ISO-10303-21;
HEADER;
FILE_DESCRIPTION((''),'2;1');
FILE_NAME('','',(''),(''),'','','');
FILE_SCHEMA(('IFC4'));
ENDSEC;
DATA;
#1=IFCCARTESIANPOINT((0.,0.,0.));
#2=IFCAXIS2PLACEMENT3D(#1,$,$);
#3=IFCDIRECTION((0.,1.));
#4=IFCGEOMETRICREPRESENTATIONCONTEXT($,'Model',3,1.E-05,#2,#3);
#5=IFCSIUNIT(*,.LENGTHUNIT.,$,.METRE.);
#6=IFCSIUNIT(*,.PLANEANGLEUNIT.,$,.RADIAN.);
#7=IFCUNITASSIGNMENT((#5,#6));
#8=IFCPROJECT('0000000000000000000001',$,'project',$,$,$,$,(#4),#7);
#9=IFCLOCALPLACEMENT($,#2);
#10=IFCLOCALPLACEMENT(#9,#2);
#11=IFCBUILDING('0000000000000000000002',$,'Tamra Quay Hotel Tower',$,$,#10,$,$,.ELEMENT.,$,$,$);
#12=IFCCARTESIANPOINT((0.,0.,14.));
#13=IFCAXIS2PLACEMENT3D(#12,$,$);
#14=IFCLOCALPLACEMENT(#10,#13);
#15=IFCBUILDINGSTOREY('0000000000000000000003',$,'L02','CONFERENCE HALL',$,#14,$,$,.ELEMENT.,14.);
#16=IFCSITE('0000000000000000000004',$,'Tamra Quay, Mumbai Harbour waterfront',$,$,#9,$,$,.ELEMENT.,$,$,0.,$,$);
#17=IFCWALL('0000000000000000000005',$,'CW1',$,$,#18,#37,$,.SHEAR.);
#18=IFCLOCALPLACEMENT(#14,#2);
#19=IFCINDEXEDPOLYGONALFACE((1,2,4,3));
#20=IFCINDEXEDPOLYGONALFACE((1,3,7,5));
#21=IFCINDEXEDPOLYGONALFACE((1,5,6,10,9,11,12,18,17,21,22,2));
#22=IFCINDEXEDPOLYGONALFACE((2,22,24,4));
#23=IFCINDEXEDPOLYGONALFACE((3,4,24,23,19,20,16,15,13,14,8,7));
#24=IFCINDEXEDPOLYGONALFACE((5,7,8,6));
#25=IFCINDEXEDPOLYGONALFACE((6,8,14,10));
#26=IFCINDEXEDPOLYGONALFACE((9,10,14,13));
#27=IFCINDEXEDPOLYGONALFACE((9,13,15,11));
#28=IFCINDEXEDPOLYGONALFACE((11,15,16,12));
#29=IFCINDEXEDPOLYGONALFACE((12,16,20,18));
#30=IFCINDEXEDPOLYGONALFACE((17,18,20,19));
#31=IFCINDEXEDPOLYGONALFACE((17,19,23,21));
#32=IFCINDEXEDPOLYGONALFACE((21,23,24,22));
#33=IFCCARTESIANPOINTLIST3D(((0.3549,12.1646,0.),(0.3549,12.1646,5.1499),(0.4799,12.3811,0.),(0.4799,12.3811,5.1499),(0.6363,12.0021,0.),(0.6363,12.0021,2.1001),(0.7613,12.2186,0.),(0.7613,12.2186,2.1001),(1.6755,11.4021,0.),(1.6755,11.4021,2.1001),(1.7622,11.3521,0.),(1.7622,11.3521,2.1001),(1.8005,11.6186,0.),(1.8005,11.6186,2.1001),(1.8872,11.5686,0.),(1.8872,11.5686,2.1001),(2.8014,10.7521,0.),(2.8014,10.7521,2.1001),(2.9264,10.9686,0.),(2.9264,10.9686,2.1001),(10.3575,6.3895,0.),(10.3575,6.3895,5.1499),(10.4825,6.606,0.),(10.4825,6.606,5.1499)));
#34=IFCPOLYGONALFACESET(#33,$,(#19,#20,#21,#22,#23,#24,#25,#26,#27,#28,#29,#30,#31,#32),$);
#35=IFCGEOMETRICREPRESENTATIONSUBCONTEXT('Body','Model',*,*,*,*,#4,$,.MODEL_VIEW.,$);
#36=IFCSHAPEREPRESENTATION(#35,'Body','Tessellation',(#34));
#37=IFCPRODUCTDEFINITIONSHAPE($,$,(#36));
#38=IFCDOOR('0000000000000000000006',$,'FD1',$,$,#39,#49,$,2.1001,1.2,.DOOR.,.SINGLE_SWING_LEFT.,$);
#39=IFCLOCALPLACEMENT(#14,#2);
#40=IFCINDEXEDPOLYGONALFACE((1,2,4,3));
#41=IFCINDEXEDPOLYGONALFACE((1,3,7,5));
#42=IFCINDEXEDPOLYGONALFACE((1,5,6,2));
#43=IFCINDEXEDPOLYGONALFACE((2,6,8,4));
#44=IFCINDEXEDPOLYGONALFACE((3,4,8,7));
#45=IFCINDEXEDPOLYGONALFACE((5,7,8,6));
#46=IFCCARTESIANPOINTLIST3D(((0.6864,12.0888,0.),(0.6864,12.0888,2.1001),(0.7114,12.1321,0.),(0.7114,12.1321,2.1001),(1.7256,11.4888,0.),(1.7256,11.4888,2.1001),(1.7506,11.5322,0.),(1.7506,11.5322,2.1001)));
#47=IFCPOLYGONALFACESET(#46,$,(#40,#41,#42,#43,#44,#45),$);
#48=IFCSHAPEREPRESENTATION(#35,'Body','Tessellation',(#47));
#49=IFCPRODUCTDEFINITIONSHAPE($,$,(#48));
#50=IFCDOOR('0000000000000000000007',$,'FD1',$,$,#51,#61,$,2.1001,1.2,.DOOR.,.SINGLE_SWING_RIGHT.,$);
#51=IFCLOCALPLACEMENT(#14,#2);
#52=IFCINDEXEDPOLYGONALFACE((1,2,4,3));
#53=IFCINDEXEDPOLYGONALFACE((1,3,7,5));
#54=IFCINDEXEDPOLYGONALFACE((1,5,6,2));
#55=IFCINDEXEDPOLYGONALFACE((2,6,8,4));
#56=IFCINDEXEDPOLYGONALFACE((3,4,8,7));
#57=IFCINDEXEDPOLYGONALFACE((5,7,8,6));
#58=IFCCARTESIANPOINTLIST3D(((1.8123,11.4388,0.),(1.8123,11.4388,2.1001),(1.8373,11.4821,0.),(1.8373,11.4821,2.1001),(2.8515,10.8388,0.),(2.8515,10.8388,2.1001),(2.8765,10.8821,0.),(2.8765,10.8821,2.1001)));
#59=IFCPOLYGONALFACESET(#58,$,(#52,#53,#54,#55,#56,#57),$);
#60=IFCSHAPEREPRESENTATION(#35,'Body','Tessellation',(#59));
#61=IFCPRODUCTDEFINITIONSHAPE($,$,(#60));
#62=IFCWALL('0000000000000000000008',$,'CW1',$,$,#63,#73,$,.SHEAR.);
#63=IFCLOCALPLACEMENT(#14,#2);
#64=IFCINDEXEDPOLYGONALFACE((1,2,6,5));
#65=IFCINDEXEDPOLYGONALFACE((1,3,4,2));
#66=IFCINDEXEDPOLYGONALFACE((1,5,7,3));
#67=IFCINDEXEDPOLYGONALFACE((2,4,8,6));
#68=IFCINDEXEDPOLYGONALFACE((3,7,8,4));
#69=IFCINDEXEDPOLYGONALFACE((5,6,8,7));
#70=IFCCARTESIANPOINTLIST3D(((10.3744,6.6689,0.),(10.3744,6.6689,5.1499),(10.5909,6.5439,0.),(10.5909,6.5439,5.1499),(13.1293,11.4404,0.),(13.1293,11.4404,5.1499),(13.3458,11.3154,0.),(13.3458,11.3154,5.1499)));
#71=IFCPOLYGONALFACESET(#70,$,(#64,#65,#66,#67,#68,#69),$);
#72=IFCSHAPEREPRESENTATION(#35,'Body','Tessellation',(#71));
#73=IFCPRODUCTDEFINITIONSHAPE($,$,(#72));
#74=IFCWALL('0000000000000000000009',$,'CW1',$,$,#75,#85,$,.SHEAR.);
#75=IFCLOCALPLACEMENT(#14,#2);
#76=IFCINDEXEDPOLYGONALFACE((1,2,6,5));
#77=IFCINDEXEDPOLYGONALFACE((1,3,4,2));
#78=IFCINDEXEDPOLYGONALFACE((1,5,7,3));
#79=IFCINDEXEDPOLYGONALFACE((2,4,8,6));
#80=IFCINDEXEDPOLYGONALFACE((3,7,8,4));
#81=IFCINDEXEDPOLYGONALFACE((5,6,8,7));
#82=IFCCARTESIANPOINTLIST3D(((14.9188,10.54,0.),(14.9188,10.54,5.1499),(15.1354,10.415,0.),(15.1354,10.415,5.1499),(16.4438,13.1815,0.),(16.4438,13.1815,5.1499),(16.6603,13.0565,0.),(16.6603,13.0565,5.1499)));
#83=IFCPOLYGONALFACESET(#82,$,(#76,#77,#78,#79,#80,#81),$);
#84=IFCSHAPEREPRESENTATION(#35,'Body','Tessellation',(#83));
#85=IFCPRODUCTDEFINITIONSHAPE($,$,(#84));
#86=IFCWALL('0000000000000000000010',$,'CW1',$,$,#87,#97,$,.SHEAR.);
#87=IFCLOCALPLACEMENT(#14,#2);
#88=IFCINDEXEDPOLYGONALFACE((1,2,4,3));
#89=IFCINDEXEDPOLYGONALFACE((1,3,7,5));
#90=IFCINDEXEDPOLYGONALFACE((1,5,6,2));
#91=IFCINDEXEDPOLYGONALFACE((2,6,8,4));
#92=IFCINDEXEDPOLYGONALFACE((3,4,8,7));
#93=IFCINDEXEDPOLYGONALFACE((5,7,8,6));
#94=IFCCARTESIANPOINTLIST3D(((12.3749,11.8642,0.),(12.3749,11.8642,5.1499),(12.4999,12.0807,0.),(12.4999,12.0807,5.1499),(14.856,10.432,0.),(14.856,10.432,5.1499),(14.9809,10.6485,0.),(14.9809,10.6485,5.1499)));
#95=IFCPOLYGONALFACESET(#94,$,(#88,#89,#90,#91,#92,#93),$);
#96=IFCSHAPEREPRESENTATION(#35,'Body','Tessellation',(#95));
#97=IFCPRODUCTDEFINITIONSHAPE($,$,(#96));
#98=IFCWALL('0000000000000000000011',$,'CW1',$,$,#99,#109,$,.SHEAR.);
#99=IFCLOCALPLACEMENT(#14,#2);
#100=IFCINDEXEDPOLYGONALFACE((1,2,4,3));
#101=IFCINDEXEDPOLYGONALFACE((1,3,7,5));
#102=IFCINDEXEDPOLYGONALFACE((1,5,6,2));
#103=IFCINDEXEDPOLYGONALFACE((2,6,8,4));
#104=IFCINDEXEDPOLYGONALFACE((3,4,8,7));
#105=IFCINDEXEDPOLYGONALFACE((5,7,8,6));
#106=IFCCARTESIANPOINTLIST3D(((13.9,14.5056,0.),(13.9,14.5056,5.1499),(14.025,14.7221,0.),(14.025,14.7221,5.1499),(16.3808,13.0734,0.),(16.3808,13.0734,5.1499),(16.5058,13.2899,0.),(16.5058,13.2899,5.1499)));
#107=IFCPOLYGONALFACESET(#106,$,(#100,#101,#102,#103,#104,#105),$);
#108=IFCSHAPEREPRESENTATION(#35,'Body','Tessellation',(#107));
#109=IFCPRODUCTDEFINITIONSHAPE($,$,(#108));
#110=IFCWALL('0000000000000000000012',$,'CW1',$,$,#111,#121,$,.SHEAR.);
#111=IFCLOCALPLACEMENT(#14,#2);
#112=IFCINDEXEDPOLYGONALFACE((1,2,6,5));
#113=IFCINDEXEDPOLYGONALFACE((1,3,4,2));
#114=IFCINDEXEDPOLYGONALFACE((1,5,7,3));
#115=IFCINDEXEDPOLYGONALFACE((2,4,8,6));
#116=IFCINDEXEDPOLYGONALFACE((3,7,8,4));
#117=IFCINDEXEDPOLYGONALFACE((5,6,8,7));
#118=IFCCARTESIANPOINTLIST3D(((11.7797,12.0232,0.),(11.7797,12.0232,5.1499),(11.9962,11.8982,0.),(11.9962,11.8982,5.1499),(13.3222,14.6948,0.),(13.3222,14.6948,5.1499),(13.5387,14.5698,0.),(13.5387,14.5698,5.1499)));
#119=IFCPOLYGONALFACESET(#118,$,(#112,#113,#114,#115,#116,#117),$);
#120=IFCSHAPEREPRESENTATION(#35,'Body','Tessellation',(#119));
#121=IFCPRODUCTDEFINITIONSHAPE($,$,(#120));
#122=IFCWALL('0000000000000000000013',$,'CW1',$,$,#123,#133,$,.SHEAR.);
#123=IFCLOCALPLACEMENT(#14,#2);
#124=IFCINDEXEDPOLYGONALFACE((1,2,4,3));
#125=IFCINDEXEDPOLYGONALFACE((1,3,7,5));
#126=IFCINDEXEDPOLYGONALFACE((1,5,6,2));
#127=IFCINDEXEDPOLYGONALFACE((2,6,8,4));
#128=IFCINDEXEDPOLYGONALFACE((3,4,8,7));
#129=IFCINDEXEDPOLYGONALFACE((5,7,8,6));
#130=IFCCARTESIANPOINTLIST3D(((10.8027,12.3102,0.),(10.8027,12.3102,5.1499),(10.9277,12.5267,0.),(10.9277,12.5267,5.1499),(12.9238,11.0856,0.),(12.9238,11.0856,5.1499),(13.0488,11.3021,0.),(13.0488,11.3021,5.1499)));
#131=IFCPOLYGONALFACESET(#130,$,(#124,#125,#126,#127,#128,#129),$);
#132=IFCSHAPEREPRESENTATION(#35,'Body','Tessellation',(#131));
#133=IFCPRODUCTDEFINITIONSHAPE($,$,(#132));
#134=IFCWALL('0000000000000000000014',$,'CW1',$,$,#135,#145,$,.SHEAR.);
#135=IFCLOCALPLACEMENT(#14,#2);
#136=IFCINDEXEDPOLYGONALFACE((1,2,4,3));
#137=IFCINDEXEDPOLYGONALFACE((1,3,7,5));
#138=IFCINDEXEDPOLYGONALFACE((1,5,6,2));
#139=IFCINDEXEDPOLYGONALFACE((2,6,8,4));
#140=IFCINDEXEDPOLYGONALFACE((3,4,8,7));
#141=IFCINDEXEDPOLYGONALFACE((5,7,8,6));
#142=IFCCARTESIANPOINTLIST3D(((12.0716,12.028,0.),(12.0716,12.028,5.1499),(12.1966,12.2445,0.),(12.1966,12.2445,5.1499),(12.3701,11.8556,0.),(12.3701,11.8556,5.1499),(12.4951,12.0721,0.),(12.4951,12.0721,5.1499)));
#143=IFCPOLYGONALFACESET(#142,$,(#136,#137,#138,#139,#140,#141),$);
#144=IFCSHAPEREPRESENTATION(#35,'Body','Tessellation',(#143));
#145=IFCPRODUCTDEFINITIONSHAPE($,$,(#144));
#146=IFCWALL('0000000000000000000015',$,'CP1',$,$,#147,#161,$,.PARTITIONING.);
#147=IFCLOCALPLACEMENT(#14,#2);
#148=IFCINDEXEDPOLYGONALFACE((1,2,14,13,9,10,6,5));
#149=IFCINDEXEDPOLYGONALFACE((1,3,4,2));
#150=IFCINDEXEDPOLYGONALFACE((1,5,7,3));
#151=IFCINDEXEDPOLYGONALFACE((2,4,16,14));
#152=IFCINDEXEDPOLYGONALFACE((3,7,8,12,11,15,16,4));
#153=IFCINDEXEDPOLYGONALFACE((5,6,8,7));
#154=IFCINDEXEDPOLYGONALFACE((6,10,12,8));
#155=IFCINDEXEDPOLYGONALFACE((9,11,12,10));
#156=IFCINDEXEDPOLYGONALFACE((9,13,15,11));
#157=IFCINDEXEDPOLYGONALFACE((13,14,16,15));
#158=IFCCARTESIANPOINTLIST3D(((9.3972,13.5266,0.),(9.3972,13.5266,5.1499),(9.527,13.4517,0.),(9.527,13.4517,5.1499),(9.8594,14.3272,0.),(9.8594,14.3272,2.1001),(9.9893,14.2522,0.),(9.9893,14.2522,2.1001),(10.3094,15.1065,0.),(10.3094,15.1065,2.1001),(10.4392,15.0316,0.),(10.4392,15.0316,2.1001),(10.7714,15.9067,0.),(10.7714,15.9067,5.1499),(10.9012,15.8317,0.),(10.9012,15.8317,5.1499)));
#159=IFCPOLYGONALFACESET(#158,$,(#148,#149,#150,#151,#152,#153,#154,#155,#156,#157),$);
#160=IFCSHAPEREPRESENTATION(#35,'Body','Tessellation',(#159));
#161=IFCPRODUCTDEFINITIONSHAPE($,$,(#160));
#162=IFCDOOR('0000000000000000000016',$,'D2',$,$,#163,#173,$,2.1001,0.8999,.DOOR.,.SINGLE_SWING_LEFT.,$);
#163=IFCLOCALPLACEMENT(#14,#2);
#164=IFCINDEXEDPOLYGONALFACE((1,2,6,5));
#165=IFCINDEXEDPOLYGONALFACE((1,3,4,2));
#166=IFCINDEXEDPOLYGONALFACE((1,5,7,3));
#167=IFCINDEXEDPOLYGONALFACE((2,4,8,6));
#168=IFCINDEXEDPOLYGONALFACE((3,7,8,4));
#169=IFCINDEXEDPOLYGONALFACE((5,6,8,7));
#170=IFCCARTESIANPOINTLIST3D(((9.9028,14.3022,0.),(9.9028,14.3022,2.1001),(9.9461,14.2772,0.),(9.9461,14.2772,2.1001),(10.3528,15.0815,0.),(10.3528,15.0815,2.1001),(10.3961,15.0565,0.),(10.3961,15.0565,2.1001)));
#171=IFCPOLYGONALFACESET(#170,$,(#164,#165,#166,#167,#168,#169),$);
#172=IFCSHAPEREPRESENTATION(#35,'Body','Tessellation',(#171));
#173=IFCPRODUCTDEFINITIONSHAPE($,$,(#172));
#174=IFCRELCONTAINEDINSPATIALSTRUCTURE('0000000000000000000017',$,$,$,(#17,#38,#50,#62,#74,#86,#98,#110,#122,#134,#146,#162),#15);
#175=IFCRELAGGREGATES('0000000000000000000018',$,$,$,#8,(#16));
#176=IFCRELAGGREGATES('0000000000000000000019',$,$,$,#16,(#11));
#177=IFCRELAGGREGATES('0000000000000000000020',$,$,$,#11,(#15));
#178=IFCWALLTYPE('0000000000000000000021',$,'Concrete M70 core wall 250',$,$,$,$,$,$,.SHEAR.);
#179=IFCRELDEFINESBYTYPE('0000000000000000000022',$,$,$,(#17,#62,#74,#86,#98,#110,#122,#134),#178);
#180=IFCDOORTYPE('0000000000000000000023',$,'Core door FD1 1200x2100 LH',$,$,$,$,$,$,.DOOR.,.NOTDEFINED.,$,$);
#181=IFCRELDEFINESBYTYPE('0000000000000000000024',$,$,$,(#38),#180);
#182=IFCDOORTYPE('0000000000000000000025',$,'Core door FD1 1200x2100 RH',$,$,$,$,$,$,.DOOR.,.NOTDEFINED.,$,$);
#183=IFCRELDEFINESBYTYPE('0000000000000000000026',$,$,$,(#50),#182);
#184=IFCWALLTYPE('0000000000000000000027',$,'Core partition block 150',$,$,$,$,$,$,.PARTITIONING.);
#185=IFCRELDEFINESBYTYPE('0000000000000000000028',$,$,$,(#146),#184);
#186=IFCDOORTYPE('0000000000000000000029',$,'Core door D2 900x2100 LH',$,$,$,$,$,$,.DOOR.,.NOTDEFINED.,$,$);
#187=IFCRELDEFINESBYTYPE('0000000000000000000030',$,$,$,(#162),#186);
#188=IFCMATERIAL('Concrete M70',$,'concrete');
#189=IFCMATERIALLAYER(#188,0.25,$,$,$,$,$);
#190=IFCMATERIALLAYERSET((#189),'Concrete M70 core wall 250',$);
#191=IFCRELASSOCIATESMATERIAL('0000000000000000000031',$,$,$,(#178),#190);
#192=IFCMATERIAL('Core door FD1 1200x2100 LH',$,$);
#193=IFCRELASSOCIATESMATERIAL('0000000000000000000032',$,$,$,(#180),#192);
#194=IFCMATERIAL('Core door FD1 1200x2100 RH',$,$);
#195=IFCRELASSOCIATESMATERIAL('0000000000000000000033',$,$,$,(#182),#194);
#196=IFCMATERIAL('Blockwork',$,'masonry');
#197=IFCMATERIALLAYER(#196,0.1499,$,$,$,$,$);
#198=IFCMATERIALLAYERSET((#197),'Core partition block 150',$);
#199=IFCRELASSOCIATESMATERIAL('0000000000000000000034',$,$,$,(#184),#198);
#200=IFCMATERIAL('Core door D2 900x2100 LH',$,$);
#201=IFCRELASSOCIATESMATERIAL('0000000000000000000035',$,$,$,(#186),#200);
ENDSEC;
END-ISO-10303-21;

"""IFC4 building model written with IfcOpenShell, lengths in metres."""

from ifc_helpers import new_model, si_unit, direction, frame, frame_2d, origin, place, context, subcontext, project, spatial, rectangle, extrude, material, layer, layer_set, type_object, element, fill, save


model = new_model("IFC4")

# Units and contexts
model_context = context("Model", 3, precision=1e-05, world=origin(), true_north=direction((0.0, 1.0)))
body_context = subcontext(model_context, "Body", "Model", "MODEL_VIEW")
ifc_project = project(units=[si_unit("LENGTHUNIT", "METRE"), si_unit("PLANEANGLEUNIT", "RADIAN")], contexts=[model_context])

# Site, building, storey
site_placement = place(None, origin())
site = spatial("IfcSite", under=ifc_project, at=site_placement, Name="Tamra Quay, Mumbai Harbour waterfront", CompositionType="ELEMENT", RefElevation=0.0)
building_placement = place(site_placement, origin())
building = spatial("IfcBuilding", under=site, at=building_placement, Name="Tamra Quay Hotel Tower", CompositionType="ELEMENT")
storey_placement = place(building_placement, frame((0.0, 0.0, 14.0)))
storey = spatial("IfcBuildingStorey", under=building, at=storey_placement, Name="L02", Description="CONFERENCE HALL", CompositionType="ELEMENT", Elevation=14.0)

# Shared definitions
ifc_material_1 = material(Name="Concrete M70", Category="concrete")

# Wall, openings, doors
ifc_layer_1 = layer(ifc_material_1, 0.25)
ifc_layer_set_1 = layer_set([ifc_layer_1], Name="Concrete M70 core wall 250")
wall_type_1 = type_object("IfcWallType", Name="Concrete M70 core wall 250", PredefinedType="SHEAR", material=ifc_layer_set_1)
wall_1_placement = place(storey_placement, frame((10.4199, 6.4978, 0.0), z_axis=(0.0, 0.0, 1.0), x_axis=(-0.866022, 0.500006, 0.0)))
wall_1 = element("IfcWall", 1, at=wall_1_placement, inside=storey, type_object=wall_type_1, Name="CW1", PredefinedType="SHEAR", context=body_context, shape_type="SweptSolid", body=[
    extrude(rectangle(XDim=11.55, YDim=0.25, at=frame_2d((5.7749, 0.0))), origin(), (0.0, 0.0, 1.0), 5.1499),
])
opening_1_placement = place(wall_1_placement, frame((10.0249, 0.0, 0.0)))
opening_1 = element("IfcOpeningElement", 2, at=opening_1_placement, cuts=wall_1, PredefinedType="OPENING", context=body_context, shape_type="SweptSolid", body=[
    extrude(rectangle(XDim=1.2, YDim=2.1001, at=frame_2d((0.6001, 1.05))), frame((0.0, 0.135, 0.0), z_axis=(0.0, -1.0, 0.0), x_axis=(1.0, 0.0, 0.0)), (0.0, 0.0, 1.0), 0.27),
])
opening_2_placement = place(wall_1_placement, frame((8.7249, 0.0, 0.0)))
opening_2 = element("IfcOpeningElement", 3, at=opening_2_placement, cuts=wall_1, PredefinedType="OPENING", context=body_context, shape_type="SweptSolid", body=[
    extrude(rectangle(XDim=1.2, YDim=2.1001, at=frame_2d((0.6001, 1.05))), frame((0.0, 0.135, 0.0), z_axis=(0.0, -1.0, 0.0), x_axis=(1.0, 0.0, 0.0)), (0.0, 0.0, 1.0), 0.27),
])
ifc_material_2 = material(Name="Core door FD1 1200x2100 LH")
door_type_1 = type_object("IfcDoorType", Name="Core door FD1 1200x2100 LH", OperationType="NOTDEFINED", PredefinedType="DOOR", material=ifc_material_2)
door_1_placement = place(opening_1_placement, origin())
door_1 = element("IfcDoor", 4, at=door_1_placement, inside=storey, type_object=door_type_1, Name="FD1", OperationType="SINGLE_SWING_LEFT", OverallHeight=2.1001, OverallWidth=1.2, PredefinedType="DOOR", context=body_context, shape_type="SweptSolid", body=[
    extrude(rectangle(XDim=1.2, YDim=2.1001, at=frame_2d((0.6001, 1.05))), frame((0.0, 0.0249, 0.0), z_axis=(0.0, -1.0, 0.0), x_axis=(1.0, 0.0, 0.0)), (0.0, 0.0, 1.0), 0.05),
])
fill(opening_1, door_1)
ifc_material_3 = material(Name="Core door FD1 1200x2100 RH")
door_type_2 = type_object("IfcDoorType", Name="Core door FD1 1200x2100 RH", OperationType="NOTDEFINED", PredefinedType="DOOR", material=ifc_material_3)
door_2_placement = place(opening_2_placement, origin())
door_2 = element("IfcDoor", 5, at=door_2_placement, inside=storey, type_object=door_type_2, Name="FD1", OperationType="SINGLE_SWING_RIGHT", OverallHeight=2.1001, OverallWidth=1.2, PredefinedType="DOOR", context=body_context, shape_type="SweptSolid", body=[
    extrude(rectangle(XDim=1.2, YDim=2.1001, at=frame_2d((0.6001, 1.05))), frame((0.0, 0.0249, 0.0), z_axis=(0.0, -1.0, 0.0), x_axis=(1.0, 0.0, 0.0)), (0.0, 0.0, 1.0), 0.05),
])
fill(opening_2, door_2)

# Walls
wall_2_placement = place(storey_placement, frame((13.2375, 11.3779, 0.0), z_axis=(0.0, 0.0, 1.0), x_axis=(-0.500009, -0.86602, 0.0)))
element("IfcWall", 6, at=wall_2_placement, inside=storey, type_object=wall_type_1, Name="CW1", PredefinedType="SHEAR", context=body_context, shape_type="SweptSolid", body=[
    extrude(rectangle(XDim=5.5098, YDim=0.25, at=frame_2d((2.7549, 0.0))), origin(), (0.0, 0.0, 1.0), 5.1499),
])
wall_3_placement = place(storey_placement, frame((16.552, 13.1189, 0.0), z_axis=(0.0, 0.0, 1.0), x_axis=(-0.499979, -0.866038, 0.0)))
element("IfcWall", 7, at=wall_3_placement, inside=storey, type_object=wall_type_1, Name="CW1", PredefinedType="SHEAR", context=body_context, shape_type="SweptSolid", body=[
    extrude(rectangle(XDim=3.05, YDim=0.25, at=frame_2d((1.5249, 0.0))), origin(), (0.0, 0.0, 1.0), 5.1499),
])
wall_4_placement = place(storey_placement, frame((14.9185, 10.5403, 0.0), z_axis=(0.0, 0.0, 1.0), x_axis=(-0.866064, 0.499934, 0.0)))
element("IfcWall", 8, at=wall_4_placement, inside=storey, type_object=wall_type_1, Name="CW1", PredefinedType="SHEAR", context=body_context, shape_type="SweptSolid", body=[
    extrude(rectangle(XDim=2.8647, YDim=0.25, at=frame_2d((1.4324, 0.0))), origin(), (0.0, 0.0, 1.0), 5.1499),
])
wall_5_placement = place(storey_placement, frame((13.9626, 14.6138, 0.0), z_axis=(0.0, 0.0, 1.0), x_axis=(0.866042, -0.499971, 0.0)))
element("IfcWall", 9, at=wall_5_placement, inside=storey, type_object=wall_type_1, Name="CW1", PredefinedType="SHEAR", context=body_context, shape_type="SweptSolid", body=[
    extrude(rectangle(XDim=2.8645, YDim=0.25, at=frame_2d((1.4321, 0.0))), origin(), (0.0, 0.0, 1.0), 5.1499),
])
wall_6_placement = place(storey_placement, frame((11.8879, 11.9607, 0.0), z_axis=(0.0, 0.0, 1.0), x_axis=(0.500003, 0.866023, 0.0)))
element("IfcWall", 10, at=wall_6_placement, inside=storey, type_object=wall_type_1, Name="CW1", PredefinedType="SHEAR", context=body_context, shape_type="SweptSolid", body=[
    extrude(rectangle(XDim=3.085, YDim=0.25, at=frame_2d((1.5425, 0.0))), origin(), (0.0, 0.0, 1.0), 5.1499),
])
wall_7_placement = place(storey_placement, frame((10.8652, 12.4185, 0.0), z_axis=(0.0, 0.0, 1.0), x_axis=(0.866026, -0.499999, 0.0)))
element("IfcWall", 11, at=wall_7_placement, inside=storey, type_object=wall_type_1, Name="CW1", PredefinedType="SHEAR", context=body_context, shape_type="SweptSolid", body=[
    extrude(rectangle(XDim=2.4492, YDim=0.25, at=frame_2d((1.2246, 0.0))), origin(), (0.0, 0.0, 1.0), 5.1499),
])
wall_8_placement = place(storey_placement, frame((12.4326, 11.9639, 0.0), z_axis=(0.0, 0.0, 1.0), x_axis=(-0.866056, 0.499947, 0.0)))
element("IfcWall", 12, at=wall_8_placement, inside=storey, type_object=wall_type_1, Name="CW1", PredefinedType="SHEAR", context=body_context, shape_type="SweptSolid", body=[
    extrude(rectangle(XDim=0.3447, YDim=0.25, at=frame_2d((0.1724, 0.0))), origin(), (0.0, 0.0, 1.0), 5.1499),
])

# Wall, opening, door
ifc_material_4 = material(Name="Blockwork", Category="masonry")
ifc_layer_2 = layer(ifc_material_4, 0.1499)
ifc_layer_set_2 = layer_set([ifc_layer_2], Name="Core partition block 150")
wall_type_2 = type_object("IfcWallType", Name="Core partition block 150", PredefinedType="PARTITIONING", material=ifc_layer_set_2)
wall_9_placement = place(storey_placement, frame((9.4622, 13.4893, 0.0), z_axis=(0.0, 0.0, 1.0), x_axis=(0.500027, 0.86601, 0.0)))
wall_9 = element("IfcWall", 13, at=wall_9_placement, inside=storey, type_object=wall_type_2, Name="CP1", PredefinedType="PARTITIONING", context=body_context, shape_type="SweptSolid", body=[
    extrude(rectangle(XDim=2.7483, YDim=0.1499, at=frame_2d((1.374, 0.0))), origin(), (0.0, 0.0, 1.0), 5.1499),
])
opening_3_placement = place(wall_9_placement, frame((0.9243, 0.0, 0.0)))
opening_3 = element("IfcOpeningElement", 14, at=opening_3_placement, cuts=wall_9, PredefinedType="OPENING", context=body_context, shape_type="SweptSolid", body=[
    extrude(rectangle(XDim=0.8999, YDim=2.1001, at=frame_2d((0.45, 1.05))), frame((0.0, 0.085, 0.0), z_axis=(0.0, -1.0, 0.0), x_axis=(1.0, 0.0, 0.0)), (0.0, 0.0, 1.0), 0.1699),
])
ifc_material_5 = material(Name="Core door D2 900x2100 LH")
door_type_3 = type_object("IfcDoorType", Name="Core door D2 900x2100 LH", OperationType="NOTDEFINED", PredefinedType="DOOR", material=ifc_material_5)
door_3_placement = place(opening_3_placement, origin())
door_3 = element("IfcDoor", 15, at=door_3_placement, inside=storey, type_object=door_type_3, Name="D2", OperationType="SINGLE_SWING_LEFT", OverallHeight=2.1001, OverallWidth=0.8999, PredefinedType="DOOR", context=body_context, shape_type="SweptSolid", body=[
    extrude(rectangle(XDim=0.8999, YDim=2.1001, at=frame_2d((0.45, 1.05))), frame((0.0, 0.0249, 0.0), z_axis=(0.0, -1.0, 0.0), x_axis=(1.0, 0.0, 0.0)), (0.0, 0.0, 1.0), 0.05),
])
fill(opening_3, door_3)

save(model, "model.ifc")
